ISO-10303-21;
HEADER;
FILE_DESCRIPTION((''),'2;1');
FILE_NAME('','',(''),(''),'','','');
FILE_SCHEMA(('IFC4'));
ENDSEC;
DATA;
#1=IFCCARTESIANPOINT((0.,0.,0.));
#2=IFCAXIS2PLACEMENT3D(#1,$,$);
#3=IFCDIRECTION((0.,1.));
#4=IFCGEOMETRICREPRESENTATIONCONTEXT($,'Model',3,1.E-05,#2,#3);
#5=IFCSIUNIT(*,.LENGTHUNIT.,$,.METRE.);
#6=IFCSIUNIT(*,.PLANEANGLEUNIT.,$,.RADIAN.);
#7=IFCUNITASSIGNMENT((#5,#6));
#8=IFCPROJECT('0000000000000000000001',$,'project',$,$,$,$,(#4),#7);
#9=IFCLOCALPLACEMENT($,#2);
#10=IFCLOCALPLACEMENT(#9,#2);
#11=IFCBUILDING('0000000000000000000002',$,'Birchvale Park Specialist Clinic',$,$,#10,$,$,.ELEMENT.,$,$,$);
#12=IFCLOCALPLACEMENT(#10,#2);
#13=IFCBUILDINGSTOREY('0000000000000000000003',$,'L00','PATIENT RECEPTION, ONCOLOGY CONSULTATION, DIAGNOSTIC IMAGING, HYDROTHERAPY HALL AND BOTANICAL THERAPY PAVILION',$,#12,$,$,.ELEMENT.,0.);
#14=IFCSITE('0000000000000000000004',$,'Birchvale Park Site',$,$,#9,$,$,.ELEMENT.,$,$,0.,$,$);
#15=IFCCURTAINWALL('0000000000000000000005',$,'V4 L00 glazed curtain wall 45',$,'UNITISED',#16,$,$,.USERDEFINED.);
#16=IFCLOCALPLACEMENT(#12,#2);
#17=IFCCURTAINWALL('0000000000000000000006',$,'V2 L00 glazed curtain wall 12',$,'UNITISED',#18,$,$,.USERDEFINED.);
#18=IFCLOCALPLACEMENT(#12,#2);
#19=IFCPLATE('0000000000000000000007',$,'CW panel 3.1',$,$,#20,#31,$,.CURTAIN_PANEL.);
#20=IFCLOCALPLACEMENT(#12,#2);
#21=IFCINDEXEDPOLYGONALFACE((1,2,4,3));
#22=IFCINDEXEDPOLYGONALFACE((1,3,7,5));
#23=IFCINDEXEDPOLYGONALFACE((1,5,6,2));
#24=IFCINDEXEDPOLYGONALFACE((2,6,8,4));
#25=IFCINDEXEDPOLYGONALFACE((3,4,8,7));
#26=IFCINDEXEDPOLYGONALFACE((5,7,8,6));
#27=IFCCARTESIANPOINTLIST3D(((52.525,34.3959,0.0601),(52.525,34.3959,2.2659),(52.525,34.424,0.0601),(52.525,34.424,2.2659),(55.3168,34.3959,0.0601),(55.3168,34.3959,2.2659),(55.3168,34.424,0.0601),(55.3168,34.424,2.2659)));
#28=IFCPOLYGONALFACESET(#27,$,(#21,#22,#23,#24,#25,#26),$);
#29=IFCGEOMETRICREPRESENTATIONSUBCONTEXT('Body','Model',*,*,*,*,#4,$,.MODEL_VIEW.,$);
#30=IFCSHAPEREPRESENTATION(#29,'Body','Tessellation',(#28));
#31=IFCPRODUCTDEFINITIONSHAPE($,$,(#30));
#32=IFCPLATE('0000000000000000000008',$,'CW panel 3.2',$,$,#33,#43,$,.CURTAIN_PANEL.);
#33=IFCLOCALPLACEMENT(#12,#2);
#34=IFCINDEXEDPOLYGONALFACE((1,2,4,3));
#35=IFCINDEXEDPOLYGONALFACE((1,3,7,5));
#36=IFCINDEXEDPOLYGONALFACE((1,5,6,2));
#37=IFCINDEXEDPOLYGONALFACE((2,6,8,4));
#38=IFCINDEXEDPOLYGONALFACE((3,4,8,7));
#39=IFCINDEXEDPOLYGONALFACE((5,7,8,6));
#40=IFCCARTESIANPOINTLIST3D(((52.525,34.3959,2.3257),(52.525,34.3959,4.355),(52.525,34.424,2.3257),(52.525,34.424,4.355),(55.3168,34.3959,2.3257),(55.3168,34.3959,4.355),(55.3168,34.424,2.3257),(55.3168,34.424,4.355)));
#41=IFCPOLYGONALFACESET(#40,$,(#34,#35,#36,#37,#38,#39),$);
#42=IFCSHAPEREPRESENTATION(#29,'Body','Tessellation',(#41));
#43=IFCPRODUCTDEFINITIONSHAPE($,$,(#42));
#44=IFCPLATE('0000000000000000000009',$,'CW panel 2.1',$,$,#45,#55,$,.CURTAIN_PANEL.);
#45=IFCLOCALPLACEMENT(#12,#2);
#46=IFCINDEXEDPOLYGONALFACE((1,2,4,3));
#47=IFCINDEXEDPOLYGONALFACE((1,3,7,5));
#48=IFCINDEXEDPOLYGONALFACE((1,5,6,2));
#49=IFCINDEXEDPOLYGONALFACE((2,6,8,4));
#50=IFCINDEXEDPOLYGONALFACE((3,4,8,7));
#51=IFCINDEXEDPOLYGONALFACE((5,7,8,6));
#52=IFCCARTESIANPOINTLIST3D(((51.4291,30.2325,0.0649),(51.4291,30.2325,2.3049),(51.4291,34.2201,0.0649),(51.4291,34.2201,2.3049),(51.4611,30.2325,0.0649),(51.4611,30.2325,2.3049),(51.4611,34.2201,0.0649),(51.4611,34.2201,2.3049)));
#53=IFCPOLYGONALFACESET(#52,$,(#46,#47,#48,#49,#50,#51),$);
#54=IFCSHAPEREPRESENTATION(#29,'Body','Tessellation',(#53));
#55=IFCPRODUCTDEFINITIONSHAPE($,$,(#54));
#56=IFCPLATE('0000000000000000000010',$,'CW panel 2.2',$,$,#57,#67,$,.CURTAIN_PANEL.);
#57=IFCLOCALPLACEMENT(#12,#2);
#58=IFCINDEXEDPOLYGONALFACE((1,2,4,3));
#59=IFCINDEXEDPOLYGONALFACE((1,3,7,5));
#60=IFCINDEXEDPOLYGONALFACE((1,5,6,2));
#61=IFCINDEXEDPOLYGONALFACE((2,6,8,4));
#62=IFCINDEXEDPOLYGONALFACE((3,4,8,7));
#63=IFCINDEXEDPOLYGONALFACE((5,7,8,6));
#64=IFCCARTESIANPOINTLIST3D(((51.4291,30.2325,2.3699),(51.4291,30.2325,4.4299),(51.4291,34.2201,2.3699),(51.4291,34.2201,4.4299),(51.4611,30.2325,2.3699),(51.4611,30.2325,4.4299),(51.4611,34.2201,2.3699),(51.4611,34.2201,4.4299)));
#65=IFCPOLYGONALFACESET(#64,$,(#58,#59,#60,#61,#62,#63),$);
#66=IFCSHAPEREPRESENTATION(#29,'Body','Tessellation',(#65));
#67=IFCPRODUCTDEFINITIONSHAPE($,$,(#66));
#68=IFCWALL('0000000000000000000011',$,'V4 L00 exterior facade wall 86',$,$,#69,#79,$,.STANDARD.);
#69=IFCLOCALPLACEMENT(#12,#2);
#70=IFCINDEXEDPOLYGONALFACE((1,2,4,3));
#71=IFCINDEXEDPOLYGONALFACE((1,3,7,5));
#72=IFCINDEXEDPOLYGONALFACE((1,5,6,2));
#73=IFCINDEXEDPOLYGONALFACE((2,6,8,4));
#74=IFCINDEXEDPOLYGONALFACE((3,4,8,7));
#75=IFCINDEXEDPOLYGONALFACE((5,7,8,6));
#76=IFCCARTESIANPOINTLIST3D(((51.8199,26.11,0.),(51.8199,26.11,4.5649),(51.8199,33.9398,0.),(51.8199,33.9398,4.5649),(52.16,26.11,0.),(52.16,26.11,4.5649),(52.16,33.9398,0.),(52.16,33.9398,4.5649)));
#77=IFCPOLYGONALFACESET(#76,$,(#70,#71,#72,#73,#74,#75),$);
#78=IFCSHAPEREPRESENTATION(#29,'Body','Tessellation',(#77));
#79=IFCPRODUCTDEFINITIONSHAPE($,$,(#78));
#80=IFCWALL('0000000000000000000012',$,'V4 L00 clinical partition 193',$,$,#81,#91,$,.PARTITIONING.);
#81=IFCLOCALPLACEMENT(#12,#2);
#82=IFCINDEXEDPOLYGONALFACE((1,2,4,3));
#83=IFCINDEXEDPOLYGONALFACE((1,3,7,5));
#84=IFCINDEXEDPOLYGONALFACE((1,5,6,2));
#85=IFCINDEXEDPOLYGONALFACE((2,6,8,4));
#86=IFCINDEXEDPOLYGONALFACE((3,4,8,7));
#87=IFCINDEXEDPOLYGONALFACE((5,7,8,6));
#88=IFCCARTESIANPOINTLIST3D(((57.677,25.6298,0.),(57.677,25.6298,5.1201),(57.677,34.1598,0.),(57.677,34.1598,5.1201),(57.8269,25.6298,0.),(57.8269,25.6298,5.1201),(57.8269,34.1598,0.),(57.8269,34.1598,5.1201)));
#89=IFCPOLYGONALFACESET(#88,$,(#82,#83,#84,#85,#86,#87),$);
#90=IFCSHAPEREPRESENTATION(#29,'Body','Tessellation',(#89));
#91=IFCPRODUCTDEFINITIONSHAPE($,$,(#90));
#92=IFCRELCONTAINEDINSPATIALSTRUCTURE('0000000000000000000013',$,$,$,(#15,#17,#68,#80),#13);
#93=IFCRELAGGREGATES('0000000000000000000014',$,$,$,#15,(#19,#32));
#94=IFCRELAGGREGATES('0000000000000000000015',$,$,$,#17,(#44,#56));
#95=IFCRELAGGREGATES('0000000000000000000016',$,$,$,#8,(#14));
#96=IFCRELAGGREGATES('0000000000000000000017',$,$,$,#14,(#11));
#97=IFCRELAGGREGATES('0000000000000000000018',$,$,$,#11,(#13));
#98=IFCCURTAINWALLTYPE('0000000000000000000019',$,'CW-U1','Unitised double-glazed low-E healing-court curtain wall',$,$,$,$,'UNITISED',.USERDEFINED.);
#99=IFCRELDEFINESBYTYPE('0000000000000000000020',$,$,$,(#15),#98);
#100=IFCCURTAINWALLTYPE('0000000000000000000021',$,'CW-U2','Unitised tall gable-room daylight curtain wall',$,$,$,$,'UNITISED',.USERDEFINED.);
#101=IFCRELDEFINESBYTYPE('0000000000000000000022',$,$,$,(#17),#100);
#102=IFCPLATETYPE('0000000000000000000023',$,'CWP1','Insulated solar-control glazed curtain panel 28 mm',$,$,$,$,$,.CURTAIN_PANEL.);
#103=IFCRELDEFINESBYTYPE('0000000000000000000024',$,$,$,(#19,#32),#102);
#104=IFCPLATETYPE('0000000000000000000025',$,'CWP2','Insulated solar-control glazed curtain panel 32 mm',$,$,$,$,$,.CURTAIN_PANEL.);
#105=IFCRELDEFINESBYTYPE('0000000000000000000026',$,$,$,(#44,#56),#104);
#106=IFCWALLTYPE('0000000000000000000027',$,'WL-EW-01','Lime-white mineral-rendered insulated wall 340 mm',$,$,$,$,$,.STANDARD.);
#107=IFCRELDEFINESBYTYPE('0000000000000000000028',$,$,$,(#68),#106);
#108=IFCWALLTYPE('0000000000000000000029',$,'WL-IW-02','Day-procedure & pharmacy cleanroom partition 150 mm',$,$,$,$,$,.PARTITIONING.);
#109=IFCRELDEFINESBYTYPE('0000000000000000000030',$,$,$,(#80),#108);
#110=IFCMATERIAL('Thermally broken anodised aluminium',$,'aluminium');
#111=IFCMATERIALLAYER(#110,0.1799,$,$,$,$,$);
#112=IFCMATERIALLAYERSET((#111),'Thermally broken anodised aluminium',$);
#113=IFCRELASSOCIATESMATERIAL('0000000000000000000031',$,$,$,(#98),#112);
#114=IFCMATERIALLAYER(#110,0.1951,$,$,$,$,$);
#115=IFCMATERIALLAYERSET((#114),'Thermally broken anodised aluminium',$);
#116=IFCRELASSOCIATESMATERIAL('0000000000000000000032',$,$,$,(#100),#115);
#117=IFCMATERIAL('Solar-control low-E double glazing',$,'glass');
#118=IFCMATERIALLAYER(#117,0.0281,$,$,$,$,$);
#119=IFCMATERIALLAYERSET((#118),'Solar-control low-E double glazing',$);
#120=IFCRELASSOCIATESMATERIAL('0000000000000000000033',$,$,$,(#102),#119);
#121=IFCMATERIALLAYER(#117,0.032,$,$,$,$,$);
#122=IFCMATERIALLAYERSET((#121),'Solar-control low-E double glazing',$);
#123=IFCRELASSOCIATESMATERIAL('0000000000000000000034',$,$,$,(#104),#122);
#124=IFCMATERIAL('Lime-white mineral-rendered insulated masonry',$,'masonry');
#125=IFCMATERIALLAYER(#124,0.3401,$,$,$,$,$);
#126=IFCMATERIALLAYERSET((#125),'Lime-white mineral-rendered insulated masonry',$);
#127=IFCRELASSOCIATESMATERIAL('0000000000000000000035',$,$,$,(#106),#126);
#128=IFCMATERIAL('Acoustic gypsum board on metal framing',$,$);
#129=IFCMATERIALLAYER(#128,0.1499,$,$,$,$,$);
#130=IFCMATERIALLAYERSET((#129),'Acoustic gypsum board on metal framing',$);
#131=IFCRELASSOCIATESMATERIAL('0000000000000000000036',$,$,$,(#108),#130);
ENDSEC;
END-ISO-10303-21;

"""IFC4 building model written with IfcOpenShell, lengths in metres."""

from ifc_helpers import new_model, si_unit, direction, frame, frame_2d, origin, origin_2d, place, context, subcontext, project, spatial, rectangle, extrude, material, layer, layer_set, type_object, element, aggregate, save


model = new_model("IFC4")

# Units and contexts
model_context = context("Model", 3, precision=1e-05, world=origin(), true_north=direction((0.0, 1.0)))
body_context = subcontext(model_context, "Body", "Model", "MODEL_VIEW")
ifc_project = project(units=[si_unit("LENGTHUNIT", "METRE"), si_unit("PLANEANGLEUNIT", "RADIAN")], contexts=[model_context])

# Site, building, storey
site_placement = place(None, origin())
site = spatial("IfcSite", under=ifc_project, at=site_placement, Name="Birchvale Park Site", CompositionType="ELEMENT", RefElevation=0.0)
building_placement = place(site_placement, origin())
building = spatial("IfcBuilding", under=site, at=building_placement, Name="Birchvale Park Specialist Clinic", CompositionType="ELEMENT")
storey_placement = place(building_placement, origin())
storey = spatial("IfcBuildingStorey", under=building, at=storey_placement, Name="L00", Description="PATIENT RECEPTION, ONCOLOGY CONSULTATION, DIAGNOSTIC IMAGING, HYDROTHERAPY HALL AND BOTANICAL THERAPY PAVILION", CompositionType="ELEMENT", Elevation=0.0)

# Curtain wall
ifc_material_1 = material(Name="Thermally broken anodised aluminium", Category="aluminium")
ifc_layer_1 = layer(ifc_material_1, 0.1799)
ifc_layer_set_1 = layer_set([ifc_layer_1], Name="Thermally broken anodised aluminium")
curtain_wall_type_1 = type_object("IfcCurtainWallType", Name="CW-U1", Description="Unitised double-glazed low-E healing-court curtain wall", ElementType="UNITISED", PredefinedType="USERDEFINED", material=ifc_layer_set_1)
curtain_wall_1_placement = place(storey_placement, origin())
curtain_wall_1 = element("IfcCurtainWall", 1, at=curtain_wall_1_placement, inside=storey, type_object=curtain_wall_type_1, Name="V4 L00 glazed curtain wall 45", ObjectType="UNITISED", PredefinedType="USERDEFINED")

# Curtain wall
ifc_layer_2 = layer(ifc_material_1, 0.1951)
ifc_layer_set_2 = layer_set([ifc_layer_2], Name="Thermally broken anodised aluminium")
curtain_wall_type_2 = type_object("IfcCurtainWallType", Name="CW-U2", Description="Unitised tall gable-room daylight curtain wall", ElementType="UNITISED", PredefinedType="USERDEFINED", material=ifc_layer_set_2)
curtain_wall_2_placement = place(storey_placement, origin())
curtain_wall_2 = element("IfcCurtainWall", 2, at=curtain_wall_2_placement, inside=storey, type_object=curtain_wall_type_2, Name="V2 L00 glazed curtain wall 12", ObjectType="UNITISED", PredefinedType="USERDEFINED")

# Plates
ifc_material_2 = material(Name="Solar-control low-E double glazing", Category="glass")
ifc_layer_3 = layer(ifc_material_2, 0.0281)
ifc_layer_set_3 = layer_set([ifc_layer_3], Name="Solar-control low-E double glazing")
plate_type_1 = type_object("IfcPlateType", Name="CWP1", Description="Insulated solar-control glazed curtain panel 28 mm", PredefinedType="CURTAIN_PANEL", material=ifc_layer_set_3)
plate_1_placement = place(storey_placement, frame((53.9209, 34.4099, 0.0601), z_axis=(0.0, 0.0, 1.0), x_axis=(-1.0, 0.0, 0.0)))
plate_1 = element("IfcPlate", 3, at=plate_1_placement, type_object=plate_type_1, Name="CW panel 3.1", PredefinedType="CURTAIN_PANEL", context=body_context, shape_type="SweptSolid", body=[
    extrude(rectangle(XDim=2.7917, YDim=0.0281, at=origin_2d()), origin(), (0.0, 0.0, 1.0), 2.2058),
])
plate_2_placement = place(storey_placement, frame((53.9209, 34.4099, 2.3257), z_axis=(0.0, 0.0, 1.0), x_axis=(-1.0, 0.0, 0.0)))
plate_2 = element("IfcPlate", 4, at=plate_2_placement, type_object=plate_type_1, Name="CW panel 3.2", PredefinedType="CURTAIN_PANEL", context=body_context, shape_type="SweptSolid", body=[
    extrude(rectangle(XDim=2.7917, YDim=0.0281, at=origin_2d()), origin(), (0.0, 0.0, 1.0), 2.0293),
])
aggregate(curtain_wall_1, [plate_1, plate_2])
ifc_layer_4 = layer(ifc_material_2, 0.032)
ifc_layer_set_4 = layer_set([ifc_layer_4], Name="Solar-control low-E double glazing")
plate_type_2 = type_object("IfcPlateType", Name="CWP2", Description="Insulated solar-control glazed curtain panel 32 mm", PredefinedType="CURTAIN_PANEL", material=ifc_layer_set_4)
plate_3_placement = place(storey_placement, frame((51.4451, 32.2263, 0.0649), z_axis=(0.0, 0.0, 1.0), x_axis=(0.0, 1.0, 0.0)))
plate_3 = element("IfcPlate", 5, at=plate_3_placement, type_object=plate_type_2, Name="CW panel 2.1", PredefinedType="CURTAIN_PANEL", context=body_context, shape_type="SweptSolid", body=[
    extrude(rectangle(XDim=3.9875, YDim=0.032, at=origin_2d()), origin(), (0.0, 0.0, 1.0), 2.24),
])
plate_4_placement = place(storey_placement, frame((51.4451, 32.2263, 2.3699), z_axis=(0.0, 0.0, 1.0), x_axis=(0.0, 1.0, 0.0)))
plate_4 = element("IfcPlate", 6, at=plate_4_placement, type_object=plate_type_2, Name="CW panel 2.2", PredefinedType="CURTAIN_PANEL", context=body_context, shape_type="SweptSolid", body=[
    extrude(rectangle(XDim=3.9875, YDim=0.032, at=origin_2d()), origin(), (0.0, 0.0, 1.0), 2.0601),
])
aggregate(curtain_wall_2, [plate_3, plate_4])

# Walls
ifc_material_3 = material(Name="Lime-white mineral-rendered insulated masonry", Category="masonry")
ifc_layer_5 = layer(ifc_material_3, 0.3401)
ifc_layer_set_5 = layer_set([ifc_layer_5], Name="Lime-white mineral-rendered insulated masonry")
wall_type_1 = type_object("IfcWallType", Name="WL-EW-01", Description="Lime-white mineral-rendered insulated wall 340 mm", PredefinedType="STANDARD", material=ifc_layer_set_5)
wall_1_placement = place(storey_placement, frame((51.99, 33.9399, 0.0), z_axis=(0.0, 0.0, 1.0), x_axis=(0.0, -1.0, 0.0)))
element("IfcWall", 7, at=wall_1_placement, inside=storey, type_object=wall_type_1, Name="V4 L00 exterior facade wall 86", PredefinedType="STANDARD", context=body_context, shape_type="SweptSolid", body=[
    extrude(rectangle(XDim=7.8298, YDim=0.3401, at=frame_2d((3.915, 0.0))), origin(), (0.0, 0.0, 1.0), 4.5649),
])
ifc_material_4 = material(Name="Acoustic gypsum board on metal framing")
ifc_layer_6 = layer(ifc_material_4, 0.1499)
ifc_layer_set_6 = layer_set([ifc_layer_6], Name="Acoustic gypsum board on metal framing")
wall_type_2 = type_object("IfcWallType", Name="WL-IW-02", Description="Day-procedure & pharmacy cleanroom partition 150 mm", PredefinedType="PARTITIONING", material=ifc_layer_set_6)
wall_2_placement = place(storey_placement, frame((57.752, 34.1599, 0.0), z_axis=(0.0, 0.0, 1.0), x_axis=(0.0, -1.0, 0.0)))
element("IfcWall", 8, at=wall_2_placement, inside=storey, type_object=wall_type_2, Name="V4 L00 clinical partition 193", PredefinedType="PARTITIONING", context=body_context, shape_type="SweptSolid", body=[
    extrude(rectangle(XDim=8.53, YDim=0.1499, at=frame_2d((4.2651, 0.0))), origin(), (0.0, 0.0, 1.0), 5.1201),
])

save(model, "model.ifc")
